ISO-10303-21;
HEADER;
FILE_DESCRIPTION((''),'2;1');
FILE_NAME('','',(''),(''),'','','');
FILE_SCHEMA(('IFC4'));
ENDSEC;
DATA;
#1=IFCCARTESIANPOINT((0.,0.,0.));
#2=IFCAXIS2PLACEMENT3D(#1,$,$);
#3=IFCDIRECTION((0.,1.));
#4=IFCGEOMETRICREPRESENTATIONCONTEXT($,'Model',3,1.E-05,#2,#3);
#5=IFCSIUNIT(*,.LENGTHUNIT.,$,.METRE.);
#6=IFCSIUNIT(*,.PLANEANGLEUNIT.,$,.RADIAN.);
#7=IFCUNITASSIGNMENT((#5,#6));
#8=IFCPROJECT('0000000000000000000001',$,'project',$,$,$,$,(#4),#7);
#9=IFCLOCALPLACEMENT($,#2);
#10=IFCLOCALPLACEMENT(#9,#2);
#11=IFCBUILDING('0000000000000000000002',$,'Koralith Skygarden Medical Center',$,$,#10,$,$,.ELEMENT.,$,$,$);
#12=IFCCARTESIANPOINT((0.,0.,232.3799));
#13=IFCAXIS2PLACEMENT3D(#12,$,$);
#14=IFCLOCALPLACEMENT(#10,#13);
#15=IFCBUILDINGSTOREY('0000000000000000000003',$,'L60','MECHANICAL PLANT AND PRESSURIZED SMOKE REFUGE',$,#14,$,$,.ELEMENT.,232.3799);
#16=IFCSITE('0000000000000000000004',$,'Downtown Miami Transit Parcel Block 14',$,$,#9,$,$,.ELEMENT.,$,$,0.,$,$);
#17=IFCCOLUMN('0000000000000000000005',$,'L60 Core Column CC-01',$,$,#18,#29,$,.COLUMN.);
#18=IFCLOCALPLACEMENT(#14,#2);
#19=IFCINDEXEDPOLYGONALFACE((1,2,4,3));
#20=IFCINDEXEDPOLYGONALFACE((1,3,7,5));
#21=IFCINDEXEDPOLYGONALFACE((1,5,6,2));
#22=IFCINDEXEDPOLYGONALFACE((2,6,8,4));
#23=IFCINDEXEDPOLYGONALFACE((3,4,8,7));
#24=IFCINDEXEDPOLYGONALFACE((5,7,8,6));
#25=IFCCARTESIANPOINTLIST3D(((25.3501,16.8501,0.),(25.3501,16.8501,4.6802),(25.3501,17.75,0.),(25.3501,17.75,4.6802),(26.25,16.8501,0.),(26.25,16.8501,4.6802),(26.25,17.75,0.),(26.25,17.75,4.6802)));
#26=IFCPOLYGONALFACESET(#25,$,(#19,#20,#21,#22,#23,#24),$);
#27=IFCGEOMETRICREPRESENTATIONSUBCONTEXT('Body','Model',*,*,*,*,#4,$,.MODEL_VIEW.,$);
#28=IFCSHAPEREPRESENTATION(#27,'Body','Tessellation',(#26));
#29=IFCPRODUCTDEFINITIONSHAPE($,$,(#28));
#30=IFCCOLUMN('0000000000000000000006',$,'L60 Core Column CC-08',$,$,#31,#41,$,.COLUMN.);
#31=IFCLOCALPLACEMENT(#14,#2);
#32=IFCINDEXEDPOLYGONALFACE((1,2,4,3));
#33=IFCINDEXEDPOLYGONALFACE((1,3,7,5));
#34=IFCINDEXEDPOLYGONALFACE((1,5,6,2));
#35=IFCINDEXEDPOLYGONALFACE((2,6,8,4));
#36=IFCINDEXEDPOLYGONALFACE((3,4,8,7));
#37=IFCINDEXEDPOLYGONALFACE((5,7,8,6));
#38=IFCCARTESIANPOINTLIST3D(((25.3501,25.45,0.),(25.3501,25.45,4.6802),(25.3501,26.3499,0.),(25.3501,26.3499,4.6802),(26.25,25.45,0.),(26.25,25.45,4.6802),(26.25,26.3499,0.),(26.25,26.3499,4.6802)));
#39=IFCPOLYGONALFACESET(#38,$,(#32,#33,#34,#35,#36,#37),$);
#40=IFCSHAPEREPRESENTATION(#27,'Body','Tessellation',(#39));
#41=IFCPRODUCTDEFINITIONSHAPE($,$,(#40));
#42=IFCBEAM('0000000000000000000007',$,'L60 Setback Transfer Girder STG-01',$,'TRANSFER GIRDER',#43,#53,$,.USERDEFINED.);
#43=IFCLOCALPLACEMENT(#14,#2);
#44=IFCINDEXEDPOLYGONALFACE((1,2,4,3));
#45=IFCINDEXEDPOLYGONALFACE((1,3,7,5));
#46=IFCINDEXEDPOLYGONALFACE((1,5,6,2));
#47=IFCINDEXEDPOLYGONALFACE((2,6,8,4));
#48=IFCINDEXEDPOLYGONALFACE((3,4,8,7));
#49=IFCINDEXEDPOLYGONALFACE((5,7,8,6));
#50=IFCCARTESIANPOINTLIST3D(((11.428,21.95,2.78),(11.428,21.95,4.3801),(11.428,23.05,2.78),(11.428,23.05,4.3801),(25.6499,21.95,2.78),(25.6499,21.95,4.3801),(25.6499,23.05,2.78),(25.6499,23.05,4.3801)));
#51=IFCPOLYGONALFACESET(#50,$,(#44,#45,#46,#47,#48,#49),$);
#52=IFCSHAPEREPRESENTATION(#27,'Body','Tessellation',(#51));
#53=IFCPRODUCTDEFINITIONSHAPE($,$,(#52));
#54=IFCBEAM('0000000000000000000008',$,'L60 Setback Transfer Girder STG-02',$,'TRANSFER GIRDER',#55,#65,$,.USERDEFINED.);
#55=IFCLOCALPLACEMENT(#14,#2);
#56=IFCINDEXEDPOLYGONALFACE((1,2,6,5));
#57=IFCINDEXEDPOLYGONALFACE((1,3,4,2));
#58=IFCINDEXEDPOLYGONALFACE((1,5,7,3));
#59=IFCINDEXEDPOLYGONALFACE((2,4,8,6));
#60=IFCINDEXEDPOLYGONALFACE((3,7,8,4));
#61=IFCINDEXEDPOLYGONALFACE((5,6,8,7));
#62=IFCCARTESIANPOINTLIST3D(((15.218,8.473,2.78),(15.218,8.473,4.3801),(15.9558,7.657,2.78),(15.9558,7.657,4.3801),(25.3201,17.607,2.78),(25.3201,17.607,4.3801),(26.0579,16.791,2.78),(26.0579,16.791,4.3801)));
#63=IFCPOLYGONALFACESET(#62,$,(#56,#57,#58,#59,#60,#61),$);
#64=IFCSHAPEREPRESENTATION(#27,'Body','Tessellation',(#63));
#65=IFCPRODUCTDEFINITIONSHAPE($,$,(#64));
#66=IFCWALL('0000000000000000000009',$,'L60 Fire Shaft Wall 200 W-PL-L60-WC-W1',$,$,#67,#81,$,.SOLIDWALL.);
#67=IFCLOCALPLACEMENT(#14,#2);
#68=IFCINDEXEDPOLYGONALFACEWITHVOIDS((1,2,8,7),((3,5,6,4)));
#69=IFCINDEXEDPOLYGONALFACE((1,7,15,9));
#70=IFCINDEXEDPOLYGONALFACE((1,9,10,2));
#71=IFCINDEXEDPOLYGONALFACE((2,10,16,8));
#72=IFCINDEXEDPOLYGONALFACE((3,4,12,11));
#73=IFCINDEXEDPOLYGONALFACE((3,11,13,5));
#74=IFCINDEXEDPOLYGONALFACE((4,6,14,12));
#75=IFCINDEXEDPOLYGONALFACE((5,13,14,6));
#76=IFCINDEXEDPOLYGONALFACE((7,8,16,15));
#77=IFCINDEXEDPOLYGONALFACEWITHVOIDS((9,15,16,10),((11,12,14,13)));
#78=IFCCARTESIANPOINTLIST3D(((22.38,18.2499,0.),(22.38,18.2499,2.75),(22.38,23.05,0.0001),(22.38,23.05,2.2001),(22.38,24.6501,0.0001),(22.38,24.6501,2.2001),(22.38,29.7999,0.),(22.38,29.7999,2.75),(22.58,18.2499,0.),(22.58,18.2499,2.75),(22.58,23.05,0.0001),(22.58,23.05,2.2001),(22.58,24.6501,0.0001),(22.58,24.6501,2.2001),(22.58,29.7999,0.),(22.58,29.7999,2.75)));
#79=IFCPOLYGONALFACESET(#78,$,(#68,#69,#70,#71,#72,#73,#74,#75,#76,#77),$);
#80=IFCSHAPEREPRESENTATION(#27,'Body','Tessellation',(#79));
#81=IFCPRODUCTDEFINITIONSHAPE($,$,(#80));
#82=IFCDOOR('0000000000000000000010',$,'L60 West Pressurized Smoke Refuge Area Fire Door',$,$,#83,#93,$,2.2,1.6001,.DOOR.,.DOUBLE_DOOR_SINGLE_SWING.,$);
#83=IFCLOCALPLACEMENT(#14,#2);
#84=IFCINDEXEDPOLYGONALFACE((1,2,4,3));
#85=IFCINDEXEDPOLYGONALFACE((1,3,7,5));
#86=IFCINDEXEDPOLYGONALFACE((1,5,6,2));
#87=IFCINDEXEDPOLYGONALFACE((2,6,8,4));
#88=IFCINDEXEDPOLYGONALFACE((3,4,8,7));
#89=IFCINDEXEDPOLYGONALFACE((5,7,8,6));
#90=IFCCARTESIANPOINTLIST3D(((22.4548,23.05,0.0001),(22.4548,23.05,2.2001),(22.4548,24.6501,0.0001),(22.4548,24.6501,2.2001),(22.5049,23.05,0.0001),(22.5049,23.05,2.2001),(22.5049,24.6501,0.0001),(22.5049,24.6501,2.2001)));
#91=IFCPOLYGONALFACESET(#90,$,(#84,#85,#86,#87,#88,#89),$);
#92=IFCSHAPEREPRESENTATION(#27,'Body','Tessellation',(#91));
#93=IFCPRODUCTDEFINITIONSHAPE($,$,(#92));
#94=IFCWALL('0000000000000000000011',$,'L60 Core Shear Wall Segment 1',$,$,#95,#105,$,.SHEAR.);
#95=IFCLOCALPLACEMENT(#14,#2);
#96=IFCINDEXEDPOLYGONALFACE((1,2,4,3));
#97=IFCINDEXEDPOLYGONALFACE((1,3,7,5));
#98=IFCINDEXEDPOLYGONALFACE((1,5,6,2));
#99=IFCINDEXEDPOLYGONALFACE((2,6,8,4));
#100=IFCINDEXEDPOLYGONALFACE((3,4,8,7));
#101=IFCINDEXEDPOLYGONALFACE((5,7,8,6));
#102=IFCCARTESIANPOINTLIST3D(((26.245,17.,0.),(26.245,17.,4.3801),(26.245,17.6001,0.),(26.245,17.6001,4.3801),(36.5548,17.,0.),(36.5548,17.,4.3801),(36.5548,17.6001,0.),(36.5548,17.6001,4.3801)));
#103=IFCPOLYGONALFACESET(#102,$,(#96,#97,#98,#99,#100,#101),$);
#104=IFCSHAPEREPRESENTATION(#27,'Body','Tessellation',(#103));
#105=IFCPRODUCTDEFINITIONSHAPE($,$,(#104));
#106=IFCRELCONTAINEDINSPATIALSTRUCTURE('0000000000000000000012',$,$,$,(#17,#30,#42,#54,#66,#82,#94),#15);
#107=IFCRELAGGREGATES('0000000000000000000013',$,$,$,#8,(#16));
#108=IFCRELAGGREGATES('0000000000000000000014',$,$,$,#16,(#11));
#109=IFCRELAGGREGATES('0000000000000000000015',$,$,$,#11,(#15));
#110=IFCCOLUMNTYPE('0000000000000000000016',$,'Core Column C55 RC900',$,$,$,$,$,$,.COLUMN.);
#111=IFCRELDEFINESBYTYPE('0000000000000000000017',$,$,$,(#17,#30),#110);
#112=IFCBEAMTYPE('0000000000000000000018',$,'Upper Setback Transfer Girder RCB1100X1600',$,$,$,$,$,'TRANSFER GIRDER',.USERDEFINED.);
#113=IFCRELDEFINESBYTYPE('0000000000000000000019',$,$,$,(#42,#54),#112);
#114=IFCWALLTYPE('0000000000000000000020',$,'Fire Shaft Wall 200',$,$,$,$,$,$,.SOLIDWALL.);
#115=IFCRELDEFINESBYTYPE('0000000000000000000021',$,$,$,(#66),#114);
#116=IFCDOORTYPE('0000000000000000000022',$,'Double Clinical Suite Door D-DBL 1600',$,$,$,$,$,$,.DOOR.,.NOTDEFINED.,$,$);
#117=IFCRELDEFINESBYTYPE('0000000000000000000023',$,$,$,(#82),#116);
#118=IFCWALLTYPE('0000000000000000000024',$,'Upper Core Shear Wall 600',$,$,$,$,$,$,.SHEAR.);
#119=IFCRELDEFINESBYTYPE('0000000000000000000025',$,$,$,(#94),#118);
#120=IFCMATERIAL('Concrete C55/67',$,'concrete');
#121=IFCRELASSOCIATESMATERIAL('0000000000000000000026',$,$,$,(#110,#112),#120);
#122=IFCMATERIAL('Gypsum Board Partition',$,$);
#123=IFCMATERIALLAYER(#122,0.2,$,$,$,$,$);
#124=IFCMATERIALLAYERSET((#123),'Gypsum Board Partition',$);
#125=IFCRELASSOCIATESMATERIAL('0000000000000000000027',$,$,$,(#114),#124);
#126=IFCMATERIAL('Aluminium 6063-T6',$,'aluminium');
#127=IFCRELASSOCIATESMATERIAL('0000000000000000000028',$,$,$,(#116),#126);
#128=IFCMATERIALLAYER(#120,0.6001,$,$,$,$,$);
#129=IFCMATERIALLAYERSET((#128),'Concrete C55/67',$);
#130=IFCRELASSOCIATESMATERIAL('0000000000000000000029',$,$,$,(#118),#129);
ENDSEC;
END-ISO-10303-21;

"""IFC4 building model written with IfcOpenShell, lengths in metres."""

from ifc_helpers import new_model, si_unit, direction, frame, frame_2d, origin, origin_2d, place, context, subcontext, project, spatial, rectangle, extrude, material, layer, layer_set, material_profile, profile_set, type_object, element, fill, save


model = new_model("IFC4")

# Units and contexts
model_context = context("Model", 3, precision=1e-05, world=origin(), true_north=direction((0.0, 1.0)))
body_context = subcontext(model_context, "Body", "Model", "MODEL_VIEW")
ifc_project = project(units=[si_unit("LENGTHUNIT", "METRE"), si_unit("PLANEANGLEUNIT", "RADIAN")], contexts=[model_context])

# Site, building, storey
site_placement = place(None, origin())
site = spatial("IfcSite", under=ifc_project, at=site_placement, Name="Downtown Miami Transit Parcel Block 14", CompositionType="ELEMENT", RefElevation=0.0)
building_placement = place(site_placement, origin())
building = spatial("IfcBuilding", under=site, at=building_placement, Name="Koralith Skygarden Medical Center", CompositionType="ELEMENT")
storey_placement = place(building_placement, frame((0.0, 0.0, 232.3799)))
storey = spatial("IfcBuildingStorey", under=building, at=storey_placement, Name="L60", Description="MECHANICAL PLANT AND PRESSURIZED SMOKE REFUGE", CompositionType="ELEMENT", Elevation=232.3799)

# Columns
ifc_material_1 = material(Name="Concrete C55/67", Category="concrete")
ifc_material_profile_1 = material_profile(ifc_material_1, rectangle(XDim=0.8999, YDim=0.8999, at=origin_2d()), Name="RC900X900")
ifc_profile_set_1 = profile_set([ifc_material_profile_1], Name="Concrete C55/67")
column_type = type_object("IfcColumnType", Name="Core Column C55 RC900", PredefinedType="COLUMN", material=ifc_profile_set_1)
for number, where, z_axis, x_axis, name in (
    (1, (25.8, 17.3, 0.0), (0.0, 0.0, 1.0), (1.0, 0.0, 0.0), "L60 Core Column CC-01"),
    (2, (25.8, 25.8999, 0.0), (0.0, 0.0, 1.0), (1.0, 0.0, 0.0), "L60 Core Column CC-08"),
):
    element("IfcColumn", number, at=place(storey_placement, frame(where, z_axis=z_axis, x_axis=x_axis)), inside=storey, type_object=column_type, Name=name, PredefinedType="COLUMN", context=body_context, shape_type="SweptSolid", body=[
        extrude(rectangle(XDim=0.8999, YDim=0.8999, at=origin_2d()), origin(), (0.0, 0.0, 1.0), 4.6802),
    ])

# Beams
ifc_material_profile_2 = material_profile(ifc_material_1, rectangle(XDim=1.1001, YDim=1.6001, at=origin_2d()), Name="RCB1100X1600")
ifc_profile_set_2 = profile_set([ifc_material_profile_2], Name="Concrete C55/67")
beam_type = type_object("IfcBeamType", Name="Upper Setback Transfer Girder RCB1100X1600", ElementType="TRANSFER GIRDER", PredefinedType="USERDEFINED", material=ifc_profile_set_2)
beam_1_placement = place(storey_placement, frame((25.6499, 22.5, 3.5801), z_axis=(-1.0, 0.0, 0.0), x_axis=(0.0, -1.0, 0.0)))
element("IfcBeam", 3, at=beam_1_placement, inside=storey, type_object=beam_type, Name="L60 Setback Transfer Girder STG-01", ObjectType="TRANSFER GIRDER", PredefinedType="USERDEFINED", context=body_context, shape_type="SweptSolid", body=[
    extrude(rectangle(XDim=1.1001, YDim=1.6001, at=origin_2d()), origin(), (0.0, 0.0, 1.0), 14.2219),
])
beam_2_placement = place(storey_placement, frame((25.689, 17.199, 3.5801), z_axis=(-0.741752, -0.670674, 0.0), x_axis=(0.670674, -0.741752, 0.0)))
element("IfcBeam", 4, at=beam_2_placement, inside=storey, type_object=beam_type, Name="L60 Setback Transfer Girder STG-02", ObjectType="TRANSFER GIRDER", PredefinedType="USERDEFINED", context=body_context, shape_type="SweptSolid", body=[
    extrude(rectangle(XDim=1.1001, YDim=1.6001, at=origin_2d()), origin(), (0.0, 0.0, 1.0), 13.6191),
])

# Wall, opening, door
ifc_material_2 = material(Name="Gypsum Board Partition")
ifc_layer_1 = layer(ifc_material_2, 0.2)
ifc_layer_set_1 = layer_set([ifc_layer_1], Name="Gypsum Board Partition")
wall_type_1 = type_object("IfcWallType", Name="Fire Shaft Wall 200", PredefinedType="SOLIDWALL", material=ifc_layer_set_1)
wall_1_placement = place(storey_placement, frame((22.48, 18.25, 0.0), z_axis=(0.0, 0.0, 1.0), x_axis=(0.0, 1.0, 0.0)))
wall_1 = element("IfcWall", 5, at=wall_1_placement, inside=storey, type_object=wall_type_1, Name="L60 Fire Shaft Wall 200 W-PL-L60-WC-W1", PredefinedType="SOLIDWALL", context=body_context, shape_type="SweptSolid", body=[
    extrude(rectangle(XDim=11.55, YDim=0.2, at=frame_2d((5.7749, 0.0))), origin(), (0.0, 0.0, 1.0), 2.75),
])
opening_1_placement = place(wall_1_placement, frame((4.8, 0.0, 0.0)))
opening_1 = element("IfcOpeningElement", 6, at=opening_1_placement, cuts=wall_1, PredefinedType="OPENING", context=body_context, shape_type="SweptSolid", body=[
    extrude(rectangle(XDim=1.6001, YDim=2.2, at=frame_2d((0.8, 1.1001))), frame((0.0, 0.1099, 0.0), z_axis=(0.0, -1.0, 0.0), x_axis=(1.0, 0.0, 0.0)), (0.0, 0.0, 1.0), 0.22),
])
ifc_material_3 = material(Name="Aluminium 6063-T6", Category="aluminium")
door_type_1 = type_object("IfcDoorType", Name="Double Clinical Suite Door D-DBL 1600", OperationType="NOTDEFINED", PredefinedType="DOOR", material=ifc_material_3)
door_1_placement = place(opening_1_placement, frame((1.6001, 0.0, 0.0), z_axis=(0.0, 0.0, 1.0), x_axis=(-1.0, 0.0, 0.0)))
door_1 = element("IfcDoor", 7, at=door_1_placement, inside=storey, type_object=door_type_1, Name="L60 West Pressurized Smoke Refuge Area Fire Door", OperationType="DOUBLE_DOOR_SINGLE_SWING", OverallHeight=2.2, OverallWidth=1.6001, PredefinedType="DOOR", context=body_context, shape_type="SweptSolid", body=[
    extrude(rectangle(XDim=1.6001, YDim=2.2, at=frame_2d((0.8, 1.1001))), frame((0.0, 0.0249, 0.0), z_axis=(0.0, -1.0, 0.0), x_axis=(1.0, 0.0, 0.0)), (0.0, 0.0, 1.0), 0.05),
])
fill(opening_1, door_1)

# Wall
ifc_layer_2 = layer(ifc_material_1, 0.6001)
ifc_layer_set_2 = layer_set([ifc_layer_2], Name="Concrete C55/67")
wall_type_2 = type_object("IfcWallType", Name="Upper Core Shear Wall 600", PredefinedType="SHEAR", material=ifc_layer_set_2)
wall_2_placement = place(storey_placement, frame((26.2451, 17.3, 0.0), z_axis=(0.0, 0.0, 1.0), x_axis=(1.0, 0.0, 0.0)))
element("IfcWall", 8, at=wall_2_placement, inside=storey, type_object=wall_type_2, Name="L60 Core Shear Wall Segment 1", PredefinedType="SHEAR", context=body_context, shape_type="SweptSolid", body=[
    extrude(rectangle(XDim=10.3098, YDim=0.6001, at=frame_2d((5.1548, 0.0))), origin(), (0.0, 0.0, 1.0), 4.3801),
])

save(model, "model.ifc")
